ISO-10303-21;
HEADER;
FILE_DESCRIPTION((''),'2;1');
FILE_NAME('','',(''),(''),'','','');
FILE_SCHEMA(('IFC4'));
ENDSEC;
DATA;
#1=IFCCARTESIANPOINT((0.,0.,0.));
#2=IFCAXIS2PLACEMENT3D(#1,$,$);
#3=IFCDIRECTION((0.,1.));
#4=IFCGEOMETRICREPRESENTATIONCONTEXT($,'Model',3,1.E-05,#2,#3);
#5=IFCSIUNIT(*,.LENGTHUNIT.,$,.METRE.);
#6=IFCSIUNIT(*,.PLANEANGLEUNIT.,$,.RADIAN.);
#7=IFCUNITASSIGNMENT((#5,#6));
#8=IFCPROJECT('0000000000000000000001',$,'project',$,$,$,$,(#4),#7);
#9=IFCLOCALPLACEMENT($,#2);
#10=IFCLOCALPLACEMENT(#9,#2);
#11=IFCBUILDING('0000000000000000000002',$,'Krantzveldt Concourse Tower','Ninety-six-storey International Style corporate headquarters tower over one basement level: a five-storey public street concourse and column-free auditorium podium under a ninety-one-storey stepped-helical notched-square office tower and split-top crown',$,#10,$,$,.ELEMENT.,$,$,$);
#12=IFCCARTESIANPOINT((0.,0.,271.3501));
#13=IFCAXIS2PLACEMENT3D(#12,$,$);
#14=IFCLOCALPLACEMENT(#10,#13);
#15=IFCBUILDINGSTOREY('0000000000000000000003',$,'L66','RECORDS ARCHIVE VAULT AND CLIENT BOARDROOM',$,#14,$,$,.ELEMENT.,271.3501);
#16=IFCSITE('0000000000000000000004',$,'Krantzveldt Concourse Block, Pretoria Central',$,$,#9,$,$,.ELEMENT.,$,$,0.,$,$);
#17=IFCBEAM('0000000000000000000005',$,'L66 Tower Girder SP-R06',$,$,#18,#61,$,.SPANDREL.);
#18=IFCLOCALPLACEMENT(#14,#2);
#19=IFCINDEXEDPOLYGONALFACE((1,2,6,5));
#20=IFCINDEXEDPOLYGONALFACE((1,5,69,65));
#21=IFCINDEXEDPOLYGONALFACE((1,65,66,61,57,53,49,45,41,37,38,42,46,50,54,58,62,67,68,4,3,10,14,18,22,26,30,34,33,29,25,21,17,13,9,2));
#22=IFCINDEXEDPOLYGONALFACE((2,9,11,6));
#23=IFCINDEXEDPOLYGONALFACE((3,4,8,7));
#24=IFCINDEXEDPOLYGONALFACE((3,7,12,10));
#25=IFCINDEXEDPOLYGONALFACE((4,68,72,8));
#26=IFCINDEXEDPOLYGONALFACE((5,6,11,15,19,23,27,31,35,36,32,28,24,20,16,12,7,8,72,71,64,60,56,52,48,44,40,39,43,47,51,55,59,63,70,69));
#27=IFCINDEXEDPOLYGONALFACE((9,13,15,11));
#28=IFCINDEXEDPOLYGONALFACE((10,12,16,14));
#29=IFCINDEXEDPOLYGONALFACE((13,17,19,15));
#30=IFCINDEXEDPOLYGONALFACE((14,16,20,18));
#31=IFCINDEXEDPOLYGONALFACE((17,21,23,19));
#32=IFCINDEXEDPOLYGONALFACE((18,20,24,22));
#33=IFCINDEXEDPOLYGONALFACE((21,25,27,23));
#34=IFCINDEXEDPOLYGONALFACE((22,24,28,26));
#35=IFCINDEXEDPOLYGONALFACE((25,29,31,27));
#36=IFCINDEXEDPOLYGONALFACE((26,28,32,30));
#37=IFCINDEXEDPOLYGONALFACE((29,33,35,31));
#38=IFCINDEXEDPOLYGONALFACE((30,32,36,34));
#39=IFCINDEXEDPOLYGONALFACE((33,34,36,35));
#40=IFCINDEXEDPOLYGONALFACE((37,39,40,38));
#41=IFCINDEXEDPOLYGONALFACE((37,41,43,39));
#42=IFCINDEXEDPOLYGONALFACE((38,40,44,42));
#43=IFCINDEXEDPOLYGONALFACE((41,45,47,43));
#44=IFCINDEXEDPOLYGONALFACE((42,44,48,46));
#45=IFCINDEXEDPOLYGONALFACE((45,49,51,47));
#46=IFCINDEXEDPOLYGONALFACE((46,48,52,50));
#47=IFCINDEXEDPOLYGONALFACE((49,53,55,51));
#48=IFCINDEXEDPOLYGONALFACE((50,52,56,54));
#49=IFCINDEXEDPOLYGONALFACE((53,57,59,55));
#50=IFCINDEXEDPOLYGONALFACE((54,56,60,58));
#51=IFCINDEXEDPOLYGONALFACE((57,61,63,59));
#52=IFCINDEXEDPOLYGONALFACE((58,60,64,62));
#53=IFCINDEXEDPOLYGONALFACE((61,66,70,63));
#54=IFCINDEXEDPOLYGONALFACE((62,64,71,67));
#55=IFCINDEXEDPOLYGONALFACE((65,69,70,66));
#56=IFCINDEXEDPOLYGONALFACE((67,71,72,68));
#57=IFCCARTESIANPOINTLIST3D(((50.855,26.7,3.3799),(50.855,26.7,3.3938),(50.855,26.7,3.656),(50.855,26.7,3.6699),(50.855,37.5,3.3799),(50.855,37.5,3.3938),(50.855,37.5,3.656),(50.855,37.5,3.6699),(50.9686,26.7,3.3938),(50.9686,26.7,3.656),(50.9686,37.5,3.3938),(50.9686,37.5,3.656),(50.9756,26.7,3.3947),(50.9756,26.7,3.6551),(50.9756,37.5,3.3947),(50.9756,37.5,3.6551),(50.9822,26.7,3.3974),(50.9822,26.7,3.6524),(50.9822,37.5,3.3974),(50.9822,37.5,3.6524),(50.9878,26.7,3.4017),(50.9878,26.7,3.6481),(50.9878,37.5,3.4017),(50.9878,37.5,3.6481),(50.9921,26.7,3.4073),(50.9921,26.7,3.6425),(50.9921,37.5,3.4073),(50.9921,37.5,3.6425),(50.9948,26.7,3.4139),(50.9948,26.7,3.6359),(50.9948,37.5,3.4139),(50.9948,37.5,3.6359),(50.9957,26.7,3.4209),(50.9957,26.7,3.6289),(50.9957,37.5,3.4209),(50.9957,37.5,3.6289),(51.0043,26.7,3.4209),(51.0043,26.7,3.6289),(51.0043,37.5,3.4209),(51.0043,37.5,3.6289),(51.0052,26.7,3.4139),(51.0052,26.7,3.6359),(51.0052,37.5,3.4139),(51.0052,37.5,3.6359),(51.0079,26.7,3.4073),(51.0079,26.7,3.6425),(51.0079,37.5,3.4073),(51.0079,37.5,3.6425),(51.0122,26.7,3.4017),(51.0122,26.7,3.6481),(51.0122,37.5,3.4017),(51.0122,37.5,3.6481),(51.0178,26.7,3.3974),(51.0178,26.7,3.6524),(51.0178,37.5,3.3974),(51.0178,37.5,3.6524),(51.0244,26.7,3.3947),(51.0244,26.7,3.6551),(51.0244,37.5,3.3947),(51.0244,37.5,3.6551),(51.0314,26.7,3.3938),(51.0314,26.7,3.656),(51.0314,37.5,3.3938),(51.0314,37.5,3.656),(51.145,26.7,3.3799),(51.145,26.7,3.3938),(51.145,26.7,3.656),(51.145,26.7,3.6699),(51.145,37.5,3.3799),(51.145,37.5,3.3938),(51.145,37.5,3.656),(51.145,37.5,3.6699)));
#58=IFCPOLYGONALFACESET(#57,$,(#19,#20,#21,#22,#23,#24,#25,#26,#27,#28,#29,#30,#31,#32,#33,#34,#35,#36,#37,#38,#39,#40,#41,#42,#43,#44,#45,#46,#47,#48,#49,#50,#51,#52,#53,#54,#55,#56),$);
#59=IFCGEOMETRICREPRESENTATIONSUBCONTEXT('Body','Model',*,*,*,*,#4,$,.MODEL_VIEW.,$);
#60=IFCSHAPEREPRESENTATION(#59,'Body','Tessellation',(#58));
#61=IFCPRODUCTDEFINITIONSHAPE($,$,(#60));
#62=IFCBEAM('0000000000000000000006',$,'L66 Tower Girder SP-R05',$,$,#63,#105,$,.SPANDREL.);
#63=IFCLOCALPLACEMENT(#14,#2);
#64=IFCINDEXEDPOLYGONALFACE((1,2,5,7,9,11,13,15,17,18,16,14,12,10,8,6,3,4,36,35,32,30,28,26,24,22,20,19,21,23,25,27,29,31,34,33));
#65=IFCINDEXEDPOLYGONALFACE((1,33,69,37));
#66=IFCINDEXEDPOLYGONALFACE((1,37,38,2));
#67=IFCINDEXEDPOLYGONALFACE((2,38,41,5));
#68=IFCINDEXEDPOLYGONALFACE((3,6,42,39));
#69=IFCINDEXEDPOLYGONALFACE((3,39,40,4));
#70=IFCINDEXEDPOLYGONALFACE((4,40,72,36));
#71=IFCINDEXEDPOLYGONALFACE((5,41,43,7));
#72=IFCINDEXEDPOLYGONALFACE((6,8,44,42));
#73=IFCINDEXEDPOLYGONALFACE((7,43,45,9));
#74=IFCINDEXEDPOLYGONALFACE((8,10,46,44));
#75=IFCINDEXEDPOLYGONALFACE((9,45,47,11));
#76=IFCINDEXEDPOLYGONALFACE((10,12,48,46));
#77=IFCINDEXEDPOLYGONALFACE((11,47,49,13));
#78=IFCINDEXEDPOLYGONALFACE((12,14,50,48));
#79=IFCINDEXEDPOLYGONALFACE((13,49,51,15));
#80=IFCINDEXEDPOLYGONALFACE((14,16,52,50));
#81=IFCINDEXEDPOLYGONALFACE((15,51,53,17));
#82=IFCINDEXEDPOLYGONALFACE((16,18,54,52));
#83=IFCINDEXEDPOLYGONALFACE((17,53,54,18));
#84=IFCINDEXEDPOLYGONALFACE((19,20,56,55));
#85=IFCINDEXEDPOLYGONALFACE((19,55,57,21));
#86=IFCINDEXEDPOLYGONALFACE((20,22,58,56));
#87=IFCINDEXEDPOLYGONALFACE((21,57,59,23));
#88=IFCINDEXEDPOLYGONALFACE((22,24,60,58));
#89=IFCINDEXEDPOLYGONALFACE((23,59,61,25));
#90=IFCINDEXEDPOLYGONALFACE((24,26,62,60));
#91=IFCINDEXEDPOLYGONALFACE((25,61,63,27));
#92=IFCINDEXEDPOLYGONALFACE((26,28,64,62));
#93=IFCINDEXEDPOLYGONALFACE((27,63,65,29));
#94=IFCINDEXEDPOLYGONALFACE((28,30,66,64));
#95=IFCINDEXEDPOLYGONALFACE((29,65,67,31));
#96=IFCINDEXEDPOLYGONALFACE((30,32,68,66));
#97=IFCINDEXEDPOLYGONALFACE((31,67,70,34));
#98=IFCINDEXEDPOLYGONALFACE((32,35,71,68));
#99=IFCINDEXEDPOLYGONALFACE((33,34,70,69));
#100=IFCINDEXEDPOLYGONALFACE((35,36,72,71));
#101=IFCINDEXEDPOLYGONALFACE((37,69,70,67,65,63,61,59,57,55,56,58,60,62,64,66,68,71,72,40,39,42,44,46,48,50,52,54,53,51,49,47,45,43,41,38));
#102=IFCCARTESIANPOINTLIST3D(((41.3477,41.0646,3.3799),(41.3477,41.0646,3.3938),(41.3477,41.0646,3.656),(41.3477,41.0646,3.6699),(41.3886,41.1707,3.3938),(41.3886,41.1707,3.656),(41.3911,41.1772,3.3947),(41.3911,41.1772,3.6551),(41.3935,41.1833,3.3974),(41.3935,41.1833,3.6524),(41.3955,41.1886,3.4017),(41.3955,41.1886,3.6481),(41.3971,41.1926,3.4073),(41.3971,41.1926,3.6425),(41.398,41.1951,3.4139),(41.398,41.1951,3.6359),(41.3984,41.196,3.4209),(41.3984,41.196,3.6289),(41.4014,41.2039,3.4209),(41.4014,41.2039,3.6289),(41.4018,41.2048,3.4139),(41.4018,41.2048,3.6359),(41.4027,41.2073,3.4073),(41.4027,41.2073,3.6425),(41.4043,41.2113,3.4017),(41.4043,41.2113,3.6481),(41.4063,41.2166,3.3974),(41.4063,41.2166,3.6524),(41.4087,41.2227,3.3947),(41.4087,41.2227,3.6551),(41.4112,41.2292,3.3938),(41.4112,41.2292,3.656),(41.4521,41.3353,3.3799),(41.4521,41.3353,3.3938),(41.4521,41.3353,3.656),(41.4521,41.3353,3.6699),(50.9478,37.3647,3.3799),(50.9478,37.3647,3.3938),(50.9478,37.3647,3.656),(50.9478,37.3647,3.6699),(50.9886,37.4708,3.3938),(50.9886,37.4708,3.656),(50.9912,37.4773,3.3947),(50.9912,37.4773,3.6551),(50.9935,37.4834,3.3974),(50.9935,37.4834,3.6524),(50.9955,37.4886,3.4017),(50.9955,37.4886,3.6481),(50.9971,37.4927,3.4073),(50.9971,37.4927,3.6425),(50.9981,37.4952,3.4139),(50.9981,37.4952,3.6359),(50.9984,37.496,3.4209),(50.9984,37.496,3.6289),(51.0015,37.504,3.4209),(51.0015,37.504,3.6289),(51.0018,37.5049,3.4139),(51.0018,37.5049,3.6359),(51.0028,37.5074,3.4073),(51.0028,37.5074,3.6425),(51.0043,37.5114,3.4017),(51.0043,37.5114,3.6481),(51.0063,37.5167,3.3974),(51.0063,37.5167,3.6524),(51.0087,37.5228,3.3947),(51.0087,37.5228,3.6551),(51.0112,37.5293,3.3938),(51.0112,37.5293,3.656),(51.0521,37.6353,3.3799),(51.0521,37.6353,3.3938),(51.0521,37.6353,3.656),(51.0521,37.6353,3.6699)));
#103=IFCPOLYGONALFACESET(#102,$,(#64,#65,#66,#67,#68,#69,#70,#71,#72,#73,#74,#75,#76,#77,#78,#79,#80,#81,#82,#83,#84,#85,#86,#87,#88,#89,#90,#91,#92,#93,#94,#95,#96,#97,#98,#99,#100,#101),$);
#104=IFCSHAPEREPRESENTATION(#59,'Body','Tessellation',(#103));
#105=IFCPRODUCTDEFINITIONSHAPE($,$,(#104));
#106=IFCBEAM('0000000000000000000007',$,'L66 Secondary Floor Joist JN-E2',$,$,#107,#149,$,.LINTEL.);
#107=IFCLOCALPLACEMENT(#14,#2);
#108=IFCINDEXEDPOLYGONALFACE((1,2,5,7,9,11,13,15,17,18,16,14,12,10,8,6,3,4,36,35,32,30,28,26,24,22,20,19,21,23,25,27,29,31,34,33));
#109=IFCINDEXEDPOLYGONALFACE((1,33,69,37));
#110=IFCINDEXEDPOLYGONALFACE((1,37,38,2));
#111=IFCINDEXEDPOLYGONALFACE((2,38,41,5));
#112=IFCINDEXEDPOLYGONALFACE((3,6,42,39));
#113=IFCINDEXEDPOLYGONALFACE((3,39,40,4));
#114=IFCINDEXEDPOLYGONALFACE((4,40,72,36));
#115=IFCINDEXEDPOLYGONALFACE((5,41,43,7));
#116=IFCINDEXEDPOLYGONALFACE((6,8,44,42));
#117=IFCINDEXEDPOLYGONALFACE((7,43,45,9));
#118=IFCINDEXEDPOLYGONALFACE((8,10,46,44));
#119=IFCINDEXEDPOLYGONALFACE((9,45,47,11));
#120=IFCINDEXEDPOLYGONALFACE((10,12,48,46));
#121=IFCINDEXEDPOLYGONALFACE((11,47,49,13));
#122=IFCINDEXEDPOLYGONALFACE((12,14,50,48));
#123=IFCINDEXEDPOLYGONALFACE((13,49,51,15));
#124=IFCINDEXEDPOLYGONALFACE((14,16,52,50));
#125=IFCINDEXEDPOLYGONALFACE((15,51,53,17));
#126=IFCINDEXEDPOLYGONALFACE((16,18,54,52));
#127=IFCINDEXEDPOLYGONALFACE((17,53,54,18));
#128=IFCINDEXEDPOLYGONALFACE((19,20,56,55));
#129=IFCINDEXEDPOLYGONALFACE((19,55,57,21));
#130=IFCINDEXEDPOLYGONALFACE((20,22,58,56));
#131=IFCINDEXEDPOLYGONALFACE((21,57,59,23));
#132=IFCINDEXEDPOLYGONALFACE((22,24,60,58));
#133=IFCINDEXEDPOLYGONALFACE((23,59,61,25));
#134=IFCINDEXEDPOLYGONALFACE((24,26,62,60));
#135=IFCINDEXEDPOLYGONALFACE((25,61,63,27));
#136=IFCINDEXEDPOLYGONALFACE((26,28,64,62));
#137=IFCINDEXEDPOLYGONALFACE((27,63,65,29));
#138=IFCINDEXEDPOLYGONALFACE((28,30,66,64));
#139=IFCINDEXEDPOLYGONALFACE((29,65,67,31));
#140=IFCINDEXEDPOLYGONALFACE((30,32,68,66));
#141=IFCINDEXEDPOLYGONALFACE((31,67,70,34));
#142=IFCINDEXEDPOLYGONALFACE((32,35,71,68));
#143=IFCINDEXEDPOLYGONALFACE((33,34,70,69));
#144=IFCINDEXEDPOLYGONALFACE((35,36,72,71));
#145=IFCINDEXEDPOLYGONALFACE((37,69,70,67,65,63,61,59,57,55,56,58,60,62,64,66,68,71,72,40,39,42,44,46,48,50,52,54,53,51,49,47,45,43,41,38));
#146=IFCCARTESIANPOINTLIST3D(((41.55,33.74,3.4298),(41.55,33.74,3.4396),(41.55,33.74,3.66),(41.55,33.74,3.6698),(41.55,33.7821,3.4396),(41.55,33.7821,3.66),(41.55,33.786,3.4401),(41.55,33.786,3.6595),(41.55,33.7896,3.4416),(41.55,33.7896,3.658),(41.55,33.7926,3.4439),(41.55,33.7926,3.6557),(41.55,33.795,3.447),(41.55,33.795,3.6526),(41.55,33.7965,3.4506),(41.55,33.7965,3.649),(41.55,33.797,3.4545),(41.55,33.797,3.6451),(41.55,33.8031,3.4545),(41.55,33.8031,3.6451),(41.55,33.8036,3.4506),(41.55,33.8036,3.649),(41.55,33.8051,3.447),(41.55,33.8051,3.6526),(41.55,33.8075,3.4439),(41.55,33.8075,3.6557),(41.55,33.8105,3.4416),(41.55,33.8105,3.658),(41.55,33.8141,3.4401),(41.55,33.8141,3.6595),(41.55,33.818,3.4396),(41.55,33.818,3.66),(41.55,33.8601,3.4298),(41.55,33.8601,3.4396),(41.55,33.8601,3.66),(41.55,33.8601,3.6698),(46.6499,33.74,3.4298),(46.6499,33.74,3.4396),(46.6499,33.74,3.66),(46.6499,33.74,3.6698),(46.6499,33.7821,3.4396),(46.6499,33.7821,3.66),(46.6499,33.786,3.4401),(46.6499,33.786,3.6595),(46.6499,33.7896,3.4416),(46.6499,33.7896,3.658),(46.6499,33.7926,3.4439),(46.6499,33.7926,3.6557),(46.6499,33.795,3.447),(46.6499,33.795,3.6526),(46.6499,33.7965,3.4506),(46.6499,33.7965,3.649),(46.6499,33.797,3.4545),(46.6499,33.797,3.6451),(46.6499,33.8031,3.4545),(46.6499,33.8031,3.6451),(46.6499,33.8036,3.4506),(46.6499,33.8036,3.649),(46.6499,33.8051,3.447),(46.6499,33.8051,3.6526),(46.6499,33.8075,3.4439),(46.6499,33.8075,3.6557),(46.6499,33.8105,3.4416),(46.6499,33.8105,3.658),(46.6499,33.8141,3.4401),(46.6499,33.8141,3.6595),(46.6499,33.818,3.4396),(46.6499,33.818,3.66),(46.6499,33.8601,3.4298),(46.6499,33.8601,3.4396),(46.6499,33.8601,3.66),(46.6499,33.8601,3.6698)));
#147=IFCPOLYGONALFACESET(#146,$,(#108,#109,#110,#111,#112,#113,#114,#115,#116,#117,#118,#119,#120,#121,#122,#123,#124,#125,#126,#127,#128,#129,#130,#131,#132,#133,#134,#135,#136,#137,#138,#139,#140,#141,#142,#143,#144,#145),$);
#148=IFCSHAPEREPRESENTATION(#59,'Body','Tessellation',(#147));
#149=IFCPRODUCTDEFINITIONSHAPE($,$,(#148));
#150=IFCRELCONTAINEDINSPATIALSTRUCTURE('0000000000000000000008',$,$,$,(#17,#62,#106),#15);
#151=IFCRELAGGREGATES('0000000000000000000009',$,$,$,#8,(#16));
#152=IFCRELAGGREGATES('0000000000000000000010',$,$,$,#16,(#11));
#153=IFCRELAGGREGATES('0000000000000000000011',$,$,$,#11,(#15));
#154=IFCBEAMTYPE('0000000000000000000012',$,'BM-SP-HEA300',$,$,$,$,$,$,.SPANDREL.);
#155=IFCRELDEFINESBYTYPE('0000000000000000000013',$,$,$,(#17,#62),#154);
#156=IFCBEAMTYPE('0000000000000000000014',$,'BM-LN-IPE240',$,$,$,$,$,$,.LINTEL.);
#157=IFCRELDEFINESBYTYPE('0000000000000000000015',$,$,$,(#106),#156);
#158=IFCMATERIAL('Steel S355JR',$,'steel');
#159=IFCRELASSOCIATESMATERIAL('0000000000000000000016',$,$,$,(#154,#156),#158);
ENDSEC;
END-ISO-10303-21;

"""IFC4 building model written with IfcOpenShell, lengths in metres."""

from ifc_helpers import new_model, si_unit, direction, frame, origin, origin_2d, place, context, subcontext, project, spatial, i_section, extrude, source, transform, mapped, material, material_profile, profile_set, type_object, type_shapes, element, save


model = new_model("IFC4")

# Units and contexts
model_context = context("Model", 3, precision=1e-05, world=origin(), true_north=direction((0.0, 1.0)))
body_context = subcontext(model_context, "Body", "Model", "MODEL_VIEW")
ifc_project = project(units=[si_unit("LENGTHUNIT", "METRE"), si_unit("PLANEANGLEUNIT", "RADIAN")], contexts=[model_context])

# Site, building, storey
site_placement = place(None, origin())
site = spatial("IfcSite", under=ifc_project, at=site_placement, Name="Krantzveldt Concourse Block, Pretoria Central", CompositionType="ELEMENT", RefElevation=0.0)
building_placement = place(site_placement, origin())
building = spatial("IfcBuilding", under=site, at=building_placement, Name="Krantzveldt Concourse Tower", Description="Ninety-six-storey International Style corporate headquarters tower over one basement level: a five-storey public street concourse and column-free auditorium podium under a ninety-one-storey stepped-helical notched-square office tower and split-top crown", CompositionType="ELEMENT")
storey_placement = place(building_placement, frame((0.0, 0.0, 271.3501)))
storey = spatial("IfcBuildingStorey", under=building, at=storey_placement, Name="L66", Description="RECORDS ARCHIVE VAULT AND CLIENT BOARDROOM", CompositionType="ELEMENT", Elevation=271.3501)

# Beams
ifc_material_1 = material(Name="Steel S355JR", Category="steel")
ifc_material_profile_1 = material_profile(ifc_material_1, i_section(OverallWidth=0.29, OverallDepth=0.29, WebThickness=0.0085, FlangeThickness=0.0139, FilletRadius=0.0271, at=origin_2d()), Name="Steel S355JR", Category="steel")
ifc_profile_set_1 = profile_set([ifc_material_profile_1], Name="Steel S355JR - HEA 300")
beam_type_1 = type_object("IfcBeamType", Name="BM-SP-HEA300", PredefinedType="SPANDREL", material=ifc_profile_set_1)
shared_shape_1 = source(origin(), body_context, "Body", "SweptSolid", [
    extrude(i_section(OverallWidth=0.29, OverallDepth=0.29, WebThickness=0.0085, FlangeThickness=0.0139, FilletRadius=0.0271, at=origin_2d()), origin(), (0.0, 0.0, 1.0), 10.8),
])
beam_1_placement = place(storey_placement, frame((51.0, 37.5, 3.5249), z_axis=(0.0, -1.0, 0.0), x_axis=(1.0, 0.0, 0.0)))
element("IfcBeam", 1, at=beam_1_placement, inside=storey, type_object=beam_type_1, Name="L66 Tower Girder SP-R06", PredefinedType="SPANDREL", context=body_context, shape_type="MappedRepresentation", body=[
    mapped(shared_shape_1, transform((0.0, 0.0, 0.0), x_axis=(1.0, 0.0, 0.0), y_axis=(0.0, 1.0, 0.0), z_axis=(0.0, 0.0, 1.0), scale=1.0)),
])
shared_shape_2 = source(origin(), body_context, "Body", "SweptSolid", [
    extrude(i_section(OverallWidth=0.29, OverallDepth=0.29, WebThickness=0.0085, FlangeThickness=0.0139, FilletRadius=0.0271, at=origin_2d()), origin(), (0.0, 0.0, 1.0), 10.2883),
])
type_shapes(beam_type_1, [shared_shape_1, shared_shape_2])
beam_2_placement = place(storey_placement, frame((41.3999, 41.2, 3.5249), z_axis=(0.933098, -0.359623, 0.0), x_axis=(0.359623, 0.933098, 0.0)))
element("IfcBeam", 2, at=beam_2_placement, inside=storey, type_object=beam_type_1, Name="L66 Tower Girder SP-R05", PredefinedType="SPANDREL", context=body_context, shape_type="MappedRepresentation", body=[
    mapped(shared_shape_2, transform((0.0, 0.0, 0.0), x_axis=(1.0, 0.0, 0.0), y_axis=(0.0, 1.0, 0.0), z_axis=(0.0, 0.0, 1.0), scale=1.0)),
])
ifc_material_profile_2 = material_profile(ifc_material_1, i_section(OverallWidth=0.1201, OverallDepth=0.24, WebThickness=0.0061, FlangeThickness=0.0098, FilletRadius=0.0149, at=origin_2d()), Name="Steel S355JR", Category="steel")
ifc_profile_set_2 = profile_set([ifc_material_profile_2], Name="Steel S355JR - IPE 240")
beam_type_2 = type_object("IfcBeamType", Name="BM-LN-IPE240", PredefinedType="LINTEL", material=ifc_profile_set_2)
shared_shape_3 = source(origin(), body_context, "Body", "SweptSolid", [
    extrude(i_section(OverallWidth=0.1201, OverallDepth=0.24, WebThickness=0.0061, FlangeThickness=0.0098, FilletRadius=0.0149, at=origin_2d()), origin(), (0.0, 0.0, 1.0), 5.0999),
])
type_shapes(beam_type_2, [shared_shape_3])
beam_3_placement = place(storey_placement, frame((41.55, 33.8, 3.5498), z_axis=(1.0, 0.0, 0.0), x_axis=(0.0, 1.0, 0.0)))
element("IfcBeam", 3, at=beam_3_placement, inside=storey, type_object=beam_type_2, Name="L66 Secondary Floor Joist JN-E2", PredefinedType="LINTEL", context=body_context, shape_type="MappedRepresentation", body=[
    mapped(shared_shape_3, transform((0.0, 0.0, 0.0), x_axis=(1.0, 0.0, 0.0), y_axis=(0.0, 1.0, 0.0), z_axis=(0.0, 0.0, 1.0), scale=1.0)),
])

save(model, "model.ifc")
